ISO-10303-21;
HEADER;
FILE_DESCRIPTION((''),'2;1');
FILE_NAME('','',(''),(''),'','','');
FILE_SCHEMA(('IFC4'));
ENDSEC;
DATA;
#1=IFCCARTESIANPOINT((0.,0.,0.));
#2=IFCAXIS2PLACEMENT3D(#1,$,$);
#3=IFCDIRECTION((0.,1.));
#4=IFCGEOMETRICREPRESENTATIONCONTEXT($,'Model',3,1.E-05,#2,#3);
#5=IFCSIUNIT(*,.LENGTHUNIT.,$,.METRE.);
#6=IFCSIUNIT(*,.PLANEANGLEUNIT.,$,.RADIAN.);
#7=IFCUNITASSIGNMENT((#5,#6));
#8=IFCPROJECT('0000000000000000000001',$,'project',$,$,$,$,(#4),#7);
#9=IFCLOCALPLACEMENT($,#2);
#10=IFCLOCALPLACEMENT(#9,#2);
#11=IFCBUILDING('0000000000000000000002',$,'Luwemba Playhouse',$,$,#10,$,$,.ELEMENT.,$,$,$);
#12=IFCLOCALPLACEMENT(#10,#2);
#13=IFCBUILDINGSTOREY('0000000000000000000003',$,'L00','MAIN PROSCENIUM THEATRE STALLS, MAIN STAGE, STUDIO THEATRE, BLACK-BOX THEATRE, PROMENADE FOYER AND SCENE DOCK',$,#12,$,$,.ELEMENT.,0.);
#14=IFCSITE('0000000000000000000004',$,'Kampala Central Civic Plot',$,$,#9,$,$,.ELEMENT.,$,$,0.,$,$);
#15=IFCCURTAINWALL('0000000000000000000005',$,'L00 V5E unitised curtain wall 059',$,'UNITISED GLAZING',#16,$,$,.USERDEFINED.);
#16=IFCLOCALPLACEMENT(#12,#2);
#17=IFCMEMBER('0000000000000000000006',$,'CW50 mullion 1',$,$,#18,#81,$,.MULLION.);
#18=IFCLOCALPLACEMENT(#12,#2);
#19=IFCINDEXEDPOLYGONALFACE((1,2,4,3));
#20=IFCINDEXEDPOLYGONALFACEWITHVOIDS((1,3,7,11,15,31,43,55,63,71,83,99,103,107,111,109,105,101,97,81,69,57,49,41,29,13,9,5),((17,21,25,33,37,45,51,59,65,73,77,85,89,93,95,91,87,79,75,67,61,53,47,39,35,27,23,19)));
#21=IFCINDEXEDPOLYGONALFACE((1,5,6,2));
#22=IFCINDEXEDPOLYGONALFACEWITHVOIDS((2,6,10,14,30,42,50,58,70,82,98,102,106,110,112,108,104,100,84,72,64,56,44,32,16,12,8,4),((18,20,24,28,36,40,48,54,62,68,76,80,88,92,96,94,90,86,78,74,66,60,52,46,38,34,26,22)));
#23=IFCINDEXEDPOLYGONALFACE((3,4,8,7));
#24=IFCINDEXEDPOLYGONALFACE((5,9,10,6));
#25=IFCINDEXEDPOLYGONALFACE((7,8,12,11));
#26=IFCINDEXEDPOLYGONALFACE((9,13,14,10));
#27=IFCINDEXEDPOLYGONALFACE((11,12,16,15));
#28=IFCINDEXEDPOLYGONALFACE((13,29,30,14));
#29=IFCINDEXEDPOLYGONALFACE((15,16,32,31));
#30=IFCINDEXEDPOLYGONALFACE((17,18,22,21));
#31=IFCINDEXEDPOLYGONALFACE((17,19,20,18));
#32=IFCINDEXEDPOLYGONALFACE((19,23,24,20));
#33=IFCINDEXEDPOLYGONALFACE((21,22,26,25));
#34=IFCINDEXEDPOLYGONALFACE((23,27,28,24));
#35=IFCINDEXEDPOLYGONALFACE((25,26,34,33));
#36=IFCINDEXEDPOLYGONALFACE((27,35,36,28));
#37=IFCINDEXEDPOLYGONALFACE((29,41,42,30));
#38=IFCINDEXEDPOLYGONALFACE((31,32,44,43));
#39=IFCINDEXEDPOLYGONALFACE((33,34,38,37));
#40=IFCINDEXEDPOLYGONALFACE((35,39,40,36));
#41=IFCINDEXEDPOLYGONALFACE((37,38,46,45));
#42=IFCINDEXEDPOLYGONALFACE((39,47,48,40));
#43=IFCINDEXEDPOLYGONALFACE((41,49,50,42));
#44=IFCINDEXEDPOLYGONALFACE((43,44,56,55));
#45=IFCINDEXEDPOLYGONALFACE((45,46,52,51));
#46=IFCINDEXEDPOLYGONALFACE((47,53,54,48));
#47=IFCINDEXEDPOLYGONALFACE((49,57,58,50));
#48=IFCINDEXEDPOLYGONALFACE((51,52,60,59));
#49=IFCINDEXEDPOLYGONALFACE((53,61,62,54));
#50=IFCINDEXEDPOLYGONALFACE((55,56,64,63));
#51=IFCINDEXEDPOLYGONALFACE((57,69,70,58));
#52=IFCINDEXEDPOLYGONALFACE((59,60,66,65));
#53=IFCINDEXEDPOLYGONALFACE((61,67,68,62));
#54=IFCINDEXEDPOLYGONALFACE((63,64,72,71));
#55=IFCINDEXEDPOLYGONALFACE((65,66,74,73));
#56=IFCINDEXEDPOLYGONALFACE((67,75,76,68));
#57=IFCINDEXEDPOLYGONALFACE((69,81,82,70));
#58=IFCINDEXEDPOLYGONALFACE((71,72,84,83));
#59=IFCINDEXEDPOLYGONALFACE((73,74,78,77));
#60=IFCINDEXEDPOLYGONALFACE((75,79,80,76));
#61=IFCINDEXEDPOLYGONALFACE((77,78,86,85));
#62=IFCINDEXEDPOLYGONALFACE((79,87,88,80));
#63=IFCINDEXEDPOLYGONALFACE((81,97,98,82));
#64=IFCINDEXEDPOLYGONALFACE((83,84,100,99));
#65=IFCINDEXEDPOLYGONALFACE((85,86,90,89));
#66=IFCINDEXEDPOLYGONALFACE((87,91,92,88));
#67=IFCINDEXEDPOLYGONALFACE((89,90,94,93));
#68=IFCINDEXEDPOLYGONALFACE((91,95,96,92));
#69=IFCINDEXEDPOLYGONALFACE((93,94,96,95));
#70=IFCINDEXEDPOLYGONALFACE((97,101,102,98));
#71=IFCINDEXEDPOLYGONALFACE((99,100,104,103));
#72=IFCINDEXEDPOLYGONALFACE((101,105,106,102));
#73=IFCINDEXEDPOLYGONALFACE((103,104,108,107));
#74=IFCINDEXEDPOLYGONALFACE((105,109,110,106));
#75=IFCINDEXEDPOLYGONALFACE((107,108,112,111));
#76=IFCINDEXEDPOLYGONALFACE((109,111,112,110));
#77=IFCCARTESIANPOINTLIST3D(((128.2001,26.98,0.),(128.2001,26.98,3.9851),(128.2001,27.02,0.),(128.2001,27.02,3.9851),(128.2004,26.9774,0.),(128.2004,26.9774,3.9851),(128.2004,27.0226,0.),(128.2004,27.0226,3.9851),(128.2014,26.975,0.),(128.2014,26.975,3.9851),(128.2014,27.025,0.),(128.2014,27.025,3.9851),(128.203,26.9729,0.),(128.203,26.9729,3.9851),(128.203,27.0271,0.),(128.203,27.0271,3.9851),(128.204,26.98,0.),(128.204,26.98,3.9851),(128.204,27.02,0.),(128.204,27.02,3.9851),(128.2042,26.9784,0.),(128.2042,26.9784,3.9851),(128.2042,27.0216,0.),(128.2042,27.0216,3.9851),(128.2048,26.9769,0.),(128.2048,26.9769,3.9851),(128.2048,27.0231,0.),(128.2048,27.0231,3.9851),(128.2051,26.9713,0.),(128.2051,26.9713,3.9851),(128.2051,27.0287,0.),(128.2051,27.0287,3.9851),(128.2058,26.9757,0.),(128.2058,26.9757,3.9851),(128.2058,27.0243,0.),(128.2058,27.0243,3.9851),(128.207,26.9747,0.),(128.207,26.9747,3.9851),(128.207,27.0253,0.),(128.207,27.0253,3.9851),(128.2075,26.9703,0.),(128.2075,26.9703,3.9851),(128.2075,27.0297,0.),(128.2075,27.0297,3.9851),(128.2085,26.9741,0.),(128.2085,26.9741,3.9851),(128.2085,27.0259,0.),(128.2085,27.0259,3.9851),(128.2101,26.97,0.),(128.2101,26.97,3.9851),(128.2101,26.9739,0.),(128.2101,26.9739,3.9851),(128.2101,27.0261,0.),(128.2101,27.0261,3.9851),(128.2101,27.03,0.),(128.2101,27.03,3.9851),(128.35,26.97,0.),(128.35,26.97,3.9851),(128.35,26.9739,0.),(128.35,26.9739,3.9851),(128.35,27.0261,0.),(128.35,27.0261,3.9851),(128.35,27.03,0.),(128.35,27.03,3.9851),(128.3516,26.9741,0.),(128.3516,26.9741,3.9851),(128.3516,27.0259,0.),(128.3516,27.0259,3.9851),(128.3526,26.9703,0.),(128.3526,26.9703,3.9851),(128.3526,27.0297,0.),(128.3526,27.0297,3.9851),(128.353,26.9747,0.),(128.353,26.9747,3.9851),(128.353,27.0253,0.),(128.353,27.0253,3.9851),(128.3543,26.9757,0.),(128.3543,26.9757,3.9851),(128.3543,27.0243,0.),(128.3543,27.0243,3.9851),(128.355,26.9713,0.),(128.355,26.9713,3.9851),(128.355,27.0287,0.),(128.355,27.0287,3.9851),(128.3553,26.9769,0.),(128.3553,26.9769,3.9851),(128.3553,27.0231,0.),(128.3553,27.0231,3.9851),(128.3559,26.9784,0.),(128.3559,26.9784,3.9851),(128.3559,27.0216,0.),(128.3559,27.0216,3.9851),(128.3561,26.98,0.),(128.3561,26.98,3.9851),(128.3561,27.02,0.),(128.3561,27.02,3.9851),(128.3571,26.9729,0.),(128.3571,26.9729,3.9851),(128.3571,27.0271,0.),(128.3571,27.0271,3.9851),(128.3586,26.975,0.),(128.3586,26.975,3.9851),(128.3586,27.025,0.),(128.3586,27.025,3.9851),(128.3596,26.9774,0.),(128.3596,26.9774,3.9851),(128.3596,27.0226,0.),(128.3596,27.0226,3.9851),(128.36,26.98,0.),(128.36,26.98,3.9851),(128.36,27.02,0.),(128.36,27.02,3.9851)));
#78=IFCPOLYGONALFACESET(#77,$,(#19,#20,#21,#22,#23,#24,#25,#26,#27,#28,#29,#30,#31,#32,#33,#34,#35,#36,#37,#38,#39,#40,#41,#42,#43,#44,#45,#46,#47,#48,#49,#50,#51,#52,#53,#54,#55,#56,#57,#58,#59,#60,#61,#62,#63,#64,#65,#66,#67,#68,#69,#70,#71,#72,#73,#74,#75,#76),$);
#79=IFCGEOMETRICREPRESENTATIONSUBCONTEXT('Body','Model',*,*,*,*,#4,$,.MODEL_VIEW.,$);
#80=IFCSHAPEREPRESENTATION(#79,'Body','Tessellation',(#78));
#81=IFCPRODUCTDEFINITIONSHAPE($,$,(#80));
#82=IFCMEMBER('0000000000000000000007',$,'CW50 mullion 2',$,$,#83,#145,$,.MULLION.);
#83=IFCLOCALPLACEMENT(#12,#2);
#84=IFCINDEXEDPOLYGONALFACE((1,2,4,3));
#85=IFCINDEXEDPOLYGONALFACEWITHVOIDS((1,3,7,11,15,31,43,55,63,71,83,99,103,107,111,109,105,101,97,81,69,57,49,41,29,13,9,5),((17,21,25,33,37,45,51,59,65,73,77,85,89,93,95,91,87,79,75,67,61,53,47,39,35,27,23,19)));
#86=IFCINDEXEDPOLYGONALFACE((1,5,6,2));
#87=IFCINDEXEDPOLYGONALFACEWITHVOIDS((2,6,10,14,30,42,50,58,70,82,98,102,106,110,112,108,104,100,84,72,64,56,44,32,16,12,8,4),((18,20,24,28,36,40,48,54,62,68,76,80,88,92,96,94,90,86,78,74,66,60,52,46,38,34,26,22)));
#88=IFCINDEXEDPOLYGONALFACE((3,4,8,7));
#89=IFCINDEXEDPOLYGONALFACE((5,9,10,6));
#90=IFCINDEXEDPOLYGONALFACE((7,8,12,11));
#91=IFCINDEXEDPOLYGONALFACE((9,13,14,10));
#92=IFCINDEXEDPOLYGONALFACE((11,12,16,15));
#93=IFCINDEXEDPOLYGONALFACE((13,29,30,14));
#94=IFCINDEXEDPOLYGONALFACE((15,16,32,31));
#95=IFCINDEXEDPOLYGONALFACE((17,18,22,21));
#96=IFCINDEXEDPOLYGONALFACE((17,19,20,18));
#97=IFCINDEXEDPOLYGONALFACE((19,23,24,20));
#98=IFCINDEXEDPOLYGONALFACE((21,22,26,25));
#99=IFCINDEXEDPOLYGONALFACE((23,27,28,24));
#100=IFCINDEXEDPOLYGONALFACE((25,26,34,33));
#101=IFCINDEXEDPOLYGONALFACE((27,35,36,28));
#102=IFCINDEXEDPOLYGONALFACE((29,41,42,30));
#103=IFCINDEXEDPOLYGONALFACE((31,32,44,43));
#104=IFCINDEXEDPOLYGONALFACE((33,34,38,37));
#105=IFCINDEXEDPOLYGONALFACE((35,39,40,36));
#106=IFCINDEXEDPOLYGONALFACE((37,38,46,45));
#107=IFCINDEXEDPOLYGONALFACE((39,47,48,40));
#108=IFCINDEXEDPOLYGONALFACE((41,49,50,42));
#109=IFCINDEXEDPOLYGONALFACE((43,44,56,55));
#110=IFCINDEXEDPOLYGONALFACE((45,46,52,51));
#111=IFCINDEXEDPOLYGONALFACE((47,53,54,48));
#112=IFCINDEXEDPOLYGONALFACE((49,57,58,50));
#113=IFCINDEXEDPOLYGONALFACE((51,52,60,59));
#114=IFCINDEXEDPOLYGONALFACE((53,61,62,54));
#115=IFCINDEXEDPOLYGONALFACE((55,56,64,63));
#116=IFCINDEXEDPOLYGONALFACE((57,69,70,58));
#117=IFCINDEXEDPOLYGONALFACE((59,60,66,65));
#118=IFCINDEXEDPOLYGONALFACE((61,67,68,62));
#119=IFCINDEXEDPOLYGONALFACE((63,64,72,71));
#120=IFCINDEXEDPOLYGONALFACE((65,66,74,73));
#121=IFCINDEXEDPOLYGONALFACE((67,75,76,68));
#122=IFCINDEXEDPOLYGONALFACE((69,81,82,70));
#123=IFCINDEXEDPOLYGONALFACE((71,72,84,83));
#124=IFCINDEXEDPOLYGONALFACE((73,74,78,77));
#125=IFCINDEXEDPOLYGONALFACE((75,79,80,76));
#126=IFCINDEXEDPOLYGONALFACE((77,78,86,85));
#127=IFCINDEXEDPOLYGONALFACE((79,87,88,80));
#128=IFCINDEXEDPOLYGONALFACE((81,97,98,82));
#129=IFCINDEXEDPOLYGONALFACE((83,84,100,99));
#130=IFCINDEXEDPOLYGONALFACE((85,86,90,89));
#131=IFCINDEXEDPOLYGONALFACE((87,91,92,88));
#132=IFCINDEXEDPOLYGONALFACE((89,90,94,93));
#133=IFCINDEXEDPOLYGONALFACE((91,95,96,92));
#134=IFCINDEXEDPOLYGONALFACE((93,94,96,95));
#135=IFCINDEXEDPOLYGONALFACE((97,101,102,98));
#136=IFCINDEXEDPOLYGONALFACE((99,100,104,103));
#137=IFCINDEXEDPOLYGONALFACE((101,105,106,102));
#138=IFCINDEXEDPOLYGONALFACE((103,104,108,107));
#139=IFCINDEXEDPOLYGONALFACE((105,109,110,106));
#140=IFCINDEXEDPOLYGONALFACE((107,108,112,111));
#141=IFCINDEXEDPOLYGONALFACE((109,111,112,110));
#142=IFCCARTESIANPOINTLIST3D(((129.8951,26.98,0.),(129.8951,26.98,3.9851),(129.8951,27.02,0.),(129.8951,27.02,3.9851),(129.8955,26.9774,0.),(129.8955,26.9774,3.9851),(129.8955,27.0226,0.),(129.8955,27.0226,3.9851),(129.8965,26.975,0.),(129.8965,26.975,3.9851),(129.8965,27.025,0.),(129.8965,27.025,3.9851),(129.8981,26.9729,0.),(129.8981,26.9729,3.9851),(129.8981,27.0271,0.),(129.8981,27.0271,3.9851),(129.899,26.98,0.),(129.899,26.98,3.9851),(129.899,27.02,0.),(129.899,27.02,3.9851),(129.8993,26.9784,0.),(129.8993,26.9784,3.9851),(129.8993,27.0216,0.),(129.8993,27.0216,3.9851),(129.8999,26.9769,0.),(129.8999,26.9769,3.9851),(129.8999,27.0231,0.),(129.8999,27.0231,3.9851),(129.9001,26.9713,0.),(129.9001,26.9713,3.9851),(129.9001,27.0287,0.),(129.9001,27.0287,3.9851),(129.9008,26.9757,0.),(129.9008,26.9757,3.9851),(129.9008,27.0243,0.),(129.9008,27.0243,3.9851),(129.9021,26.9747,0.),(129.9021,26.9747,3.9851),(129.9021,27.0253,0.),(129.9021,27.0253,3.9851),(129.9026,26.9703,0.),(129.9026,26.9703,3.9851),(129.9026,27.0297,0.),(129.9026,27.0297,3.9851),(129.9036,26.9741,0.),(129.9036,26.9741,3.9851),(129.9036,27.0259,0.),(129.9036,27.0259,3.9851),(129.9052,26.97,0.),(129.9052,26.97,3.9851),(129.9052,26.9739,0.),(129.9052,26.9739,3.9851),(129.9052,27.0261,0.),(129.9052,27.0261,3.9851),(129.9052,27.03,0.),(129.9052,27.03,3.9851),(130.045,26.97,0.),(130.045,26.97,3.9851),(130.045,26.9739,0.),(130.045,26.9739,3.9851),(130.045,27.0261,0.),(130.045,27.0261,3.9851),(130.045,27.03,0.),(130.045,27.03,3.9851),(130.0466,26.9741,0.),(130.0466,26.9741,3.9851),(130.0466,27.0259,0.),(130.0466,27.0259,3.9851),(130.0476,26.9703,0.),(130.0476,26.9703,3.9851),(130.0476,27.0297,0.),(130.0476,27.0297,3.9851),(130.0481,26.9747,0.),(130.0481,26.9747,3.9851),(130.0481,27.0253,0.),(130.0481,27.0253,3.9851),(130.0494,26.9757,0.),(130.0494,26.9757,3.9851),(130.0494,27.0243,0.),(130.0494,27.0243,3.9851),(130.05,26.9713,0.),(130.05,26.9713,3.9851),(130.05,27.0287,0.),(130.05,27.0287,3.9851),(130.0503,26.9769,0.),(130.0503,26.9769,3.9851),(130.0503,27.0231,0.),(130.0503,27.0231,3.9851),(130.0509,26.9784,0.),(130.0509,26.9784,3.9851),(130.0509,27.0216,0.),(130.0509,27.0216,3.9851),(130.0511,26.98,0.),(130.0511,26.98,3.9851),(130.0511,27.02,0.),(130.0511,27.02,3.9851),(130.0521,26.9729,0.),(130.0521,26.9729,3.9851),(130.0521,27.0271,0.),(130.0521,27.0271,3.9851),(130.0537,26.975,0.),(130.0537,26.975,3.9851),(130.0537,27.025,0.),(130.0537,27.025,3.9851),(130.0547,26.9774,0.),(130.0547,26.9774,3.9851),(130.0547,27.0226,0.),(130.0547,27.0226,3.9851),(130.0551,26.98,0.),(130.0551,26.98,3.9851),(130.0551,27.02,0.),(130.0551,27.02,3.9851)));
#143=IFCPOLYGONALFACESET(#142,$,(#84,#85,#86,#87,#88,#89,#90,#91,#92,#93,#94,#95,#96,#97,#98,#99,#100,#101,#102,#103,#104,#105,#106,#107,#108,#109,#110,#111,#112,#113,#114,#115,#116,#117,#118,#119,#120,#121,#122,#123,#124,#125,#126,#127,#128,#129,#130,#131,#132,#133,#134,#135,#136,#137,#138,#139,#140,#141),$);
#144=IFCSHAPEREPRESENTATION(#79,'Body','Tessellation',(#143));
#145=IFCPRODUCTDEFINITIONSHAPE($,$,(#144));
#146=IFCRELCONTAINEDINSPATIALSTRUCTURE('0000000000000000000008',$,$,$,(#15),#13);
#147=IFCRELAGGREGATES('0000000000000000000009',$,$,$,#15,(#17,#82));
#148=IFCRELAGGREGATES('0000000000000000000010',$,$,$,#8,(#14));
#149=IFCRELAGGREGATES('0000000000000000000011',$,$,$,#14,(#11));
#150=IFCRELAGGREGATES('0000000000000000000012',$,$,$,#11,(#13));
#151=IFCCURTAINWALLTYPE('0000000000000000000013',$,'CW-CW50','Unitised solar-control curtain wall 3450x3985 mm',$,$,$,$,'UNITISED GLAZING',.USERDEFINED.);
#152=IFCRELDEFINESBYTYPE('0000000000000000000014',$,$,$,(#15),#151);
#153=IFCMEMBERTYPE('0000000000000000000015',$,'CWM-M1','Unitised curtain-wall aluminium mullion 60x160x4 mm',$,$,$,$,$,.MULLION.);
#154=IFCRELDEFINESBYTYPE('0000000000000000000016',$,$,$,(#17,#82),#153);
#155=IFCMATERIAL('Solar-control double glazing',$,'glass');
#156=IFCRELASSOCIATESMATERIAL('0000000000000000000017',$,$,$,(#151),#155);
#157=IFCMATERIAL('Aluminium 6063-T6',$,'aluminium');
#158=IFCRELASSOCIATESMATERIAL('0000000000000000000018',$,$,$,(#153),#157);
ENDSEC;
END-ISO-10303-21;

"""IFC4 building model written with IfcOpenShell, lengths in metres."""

from ifc_helpers import new_model, si_unit, direction, frame, origin, origin_2d, place, context, subcontext, project, spatial, hollow_rectangle, extrude, material, material_profile, profile_set, type_object, element, aggregate, save


model = new_model("IFC4")

# Units and contexts
model_context = context("Model", 3, precision=1e-05, world=origin(), true_north=direction((0.0, 1.0)))
body_context = subcontext(model_context, "Body", "Model", "MODEL_VIEW")
ifc_project = project(units=[si_unit("LENGTHUNIT", "METRE"), si_unit("PLANEANGLEUNIT", "RADIAN")], contexts=[model_context])

# Site, building, storey
site_placement = place(None, origin())
site = spatial("IfcSite", under=ifc_project, at=site_placement, Name="Kampala Central Civic Plot", CompositionType="ELEMENT", RefElevation=0.0)
building_placement = place(site_placement, origin())
building = spatial("IfcBuilding", under=site, at=building_placement, Name="Luwemba Playhouse", CompositionType="ELEMENT")
storey_placement = place(building_placement, origin())
storey = spatial("IfcBuildingStorey", under=building, at=storey_placement, Name="L00", Description="MAIN PROSCENIUM THEATRE STALLS, MAIN STAGE, STUDIO THEATRE, BLACK-BOX THEATRE, PROMENADE FOYER AND SCENE DOCK", CompositionType="ELEMENT", Elevation=0.0)

# Curtain wall, members
ifc_material_1 = material(Name="Solar-control double glazing", Category="glass")
curtain_wall_type_1 = type_object("IfcCurtainWallType", Name="CW-CW50", Description="Unitised solar-control curtain wall 3450x3985 mm", ElementType="UNITISED GLAZING", PredefinedType="USERDEFINED", material=ifc_material_1)
curtain_wall_1_placement = place(storey_placement, origin())
curtain_wall_1 = element("IfcCurtainWall", 1, at=curtain_wall_1_placement, inside=storey, type_object=curtain_wall_type_1, Name="L00 V5E unitised curtain wall 059", ObjectType="UNITISED GLAZING", PredefinedType="USERDEFINED")
ifc_material_2 = material(Name="Aluminium 6063-T6", Category="aluminium")
ifc_material_profile_1 = material_profile(ifc_material_2, hollow_rectangle(XDim=0.0601, YDim=0.1599, WallThickness=0.0039, InnerFilletRadius=0.0061, OuterFilletRadius=0.01, at=origin_2d()))
ifc_profile_set_1 = profile_set([ifc_material_profile_1], Name="Aluminium 6063-T6")
member_type_1 = type_object("IfcMemberType", Name="CWM-M1", Description="Unitised curtain-wall aluminium mullion 60x160x4 mm", PredefinedType="MULLION", material=ifc_profile_set_1)
member_1_placement = place(storey_placement, frame((128.28, 27.0, 0.0), z_axis=(0.0, 0.0, 1.0), x_axis=(0.0, 1.0, 0.0)))
member_1 = element("IfcMember", 2, at=member_1_placement, type_object=member_type_1, Name="CW50 mullion 1", PredefinedType="MULLION", context=body_context, shape_type="SweptSolid", body=[
    extrude(hollow_rectangle(XDim=0.0601, YDim=0.1599, WallThickness=0.0039, InnerFilletRadius=0.0061, OuterFilletRadius=0.01, at=origin_2d()), origin(), (0.0, 0.0, 1.0), 3.9851),
])
member_2_placement = place(storey_placement, frame((129.9751, 27.0, 0.0), z_axis=(0.0, 0.0, 1.0), x_axis=(0.0, 1.0, 0.0)))
member_2 = element("IfcMember", 3, at=member_2_placement, type_object=member_type_1, Name="CW50 mullion 2", PredefinedType="MULLION", context=body_context, shape_type="SweptSolid", body=[
    extrude(hollow_rectangle(XDim=0.0601, YDim=0.1599, WallThickness=0.0039, InnerFilletRadius=0.0061, OuterFilletRadius=0.01, at=origin_2d()), origin(), (0.0, 0.0, 1.0), 3.9851),
])

aggregate(curtain_wall_1, [member_1, member_2])

save(model, "model.ifc")
